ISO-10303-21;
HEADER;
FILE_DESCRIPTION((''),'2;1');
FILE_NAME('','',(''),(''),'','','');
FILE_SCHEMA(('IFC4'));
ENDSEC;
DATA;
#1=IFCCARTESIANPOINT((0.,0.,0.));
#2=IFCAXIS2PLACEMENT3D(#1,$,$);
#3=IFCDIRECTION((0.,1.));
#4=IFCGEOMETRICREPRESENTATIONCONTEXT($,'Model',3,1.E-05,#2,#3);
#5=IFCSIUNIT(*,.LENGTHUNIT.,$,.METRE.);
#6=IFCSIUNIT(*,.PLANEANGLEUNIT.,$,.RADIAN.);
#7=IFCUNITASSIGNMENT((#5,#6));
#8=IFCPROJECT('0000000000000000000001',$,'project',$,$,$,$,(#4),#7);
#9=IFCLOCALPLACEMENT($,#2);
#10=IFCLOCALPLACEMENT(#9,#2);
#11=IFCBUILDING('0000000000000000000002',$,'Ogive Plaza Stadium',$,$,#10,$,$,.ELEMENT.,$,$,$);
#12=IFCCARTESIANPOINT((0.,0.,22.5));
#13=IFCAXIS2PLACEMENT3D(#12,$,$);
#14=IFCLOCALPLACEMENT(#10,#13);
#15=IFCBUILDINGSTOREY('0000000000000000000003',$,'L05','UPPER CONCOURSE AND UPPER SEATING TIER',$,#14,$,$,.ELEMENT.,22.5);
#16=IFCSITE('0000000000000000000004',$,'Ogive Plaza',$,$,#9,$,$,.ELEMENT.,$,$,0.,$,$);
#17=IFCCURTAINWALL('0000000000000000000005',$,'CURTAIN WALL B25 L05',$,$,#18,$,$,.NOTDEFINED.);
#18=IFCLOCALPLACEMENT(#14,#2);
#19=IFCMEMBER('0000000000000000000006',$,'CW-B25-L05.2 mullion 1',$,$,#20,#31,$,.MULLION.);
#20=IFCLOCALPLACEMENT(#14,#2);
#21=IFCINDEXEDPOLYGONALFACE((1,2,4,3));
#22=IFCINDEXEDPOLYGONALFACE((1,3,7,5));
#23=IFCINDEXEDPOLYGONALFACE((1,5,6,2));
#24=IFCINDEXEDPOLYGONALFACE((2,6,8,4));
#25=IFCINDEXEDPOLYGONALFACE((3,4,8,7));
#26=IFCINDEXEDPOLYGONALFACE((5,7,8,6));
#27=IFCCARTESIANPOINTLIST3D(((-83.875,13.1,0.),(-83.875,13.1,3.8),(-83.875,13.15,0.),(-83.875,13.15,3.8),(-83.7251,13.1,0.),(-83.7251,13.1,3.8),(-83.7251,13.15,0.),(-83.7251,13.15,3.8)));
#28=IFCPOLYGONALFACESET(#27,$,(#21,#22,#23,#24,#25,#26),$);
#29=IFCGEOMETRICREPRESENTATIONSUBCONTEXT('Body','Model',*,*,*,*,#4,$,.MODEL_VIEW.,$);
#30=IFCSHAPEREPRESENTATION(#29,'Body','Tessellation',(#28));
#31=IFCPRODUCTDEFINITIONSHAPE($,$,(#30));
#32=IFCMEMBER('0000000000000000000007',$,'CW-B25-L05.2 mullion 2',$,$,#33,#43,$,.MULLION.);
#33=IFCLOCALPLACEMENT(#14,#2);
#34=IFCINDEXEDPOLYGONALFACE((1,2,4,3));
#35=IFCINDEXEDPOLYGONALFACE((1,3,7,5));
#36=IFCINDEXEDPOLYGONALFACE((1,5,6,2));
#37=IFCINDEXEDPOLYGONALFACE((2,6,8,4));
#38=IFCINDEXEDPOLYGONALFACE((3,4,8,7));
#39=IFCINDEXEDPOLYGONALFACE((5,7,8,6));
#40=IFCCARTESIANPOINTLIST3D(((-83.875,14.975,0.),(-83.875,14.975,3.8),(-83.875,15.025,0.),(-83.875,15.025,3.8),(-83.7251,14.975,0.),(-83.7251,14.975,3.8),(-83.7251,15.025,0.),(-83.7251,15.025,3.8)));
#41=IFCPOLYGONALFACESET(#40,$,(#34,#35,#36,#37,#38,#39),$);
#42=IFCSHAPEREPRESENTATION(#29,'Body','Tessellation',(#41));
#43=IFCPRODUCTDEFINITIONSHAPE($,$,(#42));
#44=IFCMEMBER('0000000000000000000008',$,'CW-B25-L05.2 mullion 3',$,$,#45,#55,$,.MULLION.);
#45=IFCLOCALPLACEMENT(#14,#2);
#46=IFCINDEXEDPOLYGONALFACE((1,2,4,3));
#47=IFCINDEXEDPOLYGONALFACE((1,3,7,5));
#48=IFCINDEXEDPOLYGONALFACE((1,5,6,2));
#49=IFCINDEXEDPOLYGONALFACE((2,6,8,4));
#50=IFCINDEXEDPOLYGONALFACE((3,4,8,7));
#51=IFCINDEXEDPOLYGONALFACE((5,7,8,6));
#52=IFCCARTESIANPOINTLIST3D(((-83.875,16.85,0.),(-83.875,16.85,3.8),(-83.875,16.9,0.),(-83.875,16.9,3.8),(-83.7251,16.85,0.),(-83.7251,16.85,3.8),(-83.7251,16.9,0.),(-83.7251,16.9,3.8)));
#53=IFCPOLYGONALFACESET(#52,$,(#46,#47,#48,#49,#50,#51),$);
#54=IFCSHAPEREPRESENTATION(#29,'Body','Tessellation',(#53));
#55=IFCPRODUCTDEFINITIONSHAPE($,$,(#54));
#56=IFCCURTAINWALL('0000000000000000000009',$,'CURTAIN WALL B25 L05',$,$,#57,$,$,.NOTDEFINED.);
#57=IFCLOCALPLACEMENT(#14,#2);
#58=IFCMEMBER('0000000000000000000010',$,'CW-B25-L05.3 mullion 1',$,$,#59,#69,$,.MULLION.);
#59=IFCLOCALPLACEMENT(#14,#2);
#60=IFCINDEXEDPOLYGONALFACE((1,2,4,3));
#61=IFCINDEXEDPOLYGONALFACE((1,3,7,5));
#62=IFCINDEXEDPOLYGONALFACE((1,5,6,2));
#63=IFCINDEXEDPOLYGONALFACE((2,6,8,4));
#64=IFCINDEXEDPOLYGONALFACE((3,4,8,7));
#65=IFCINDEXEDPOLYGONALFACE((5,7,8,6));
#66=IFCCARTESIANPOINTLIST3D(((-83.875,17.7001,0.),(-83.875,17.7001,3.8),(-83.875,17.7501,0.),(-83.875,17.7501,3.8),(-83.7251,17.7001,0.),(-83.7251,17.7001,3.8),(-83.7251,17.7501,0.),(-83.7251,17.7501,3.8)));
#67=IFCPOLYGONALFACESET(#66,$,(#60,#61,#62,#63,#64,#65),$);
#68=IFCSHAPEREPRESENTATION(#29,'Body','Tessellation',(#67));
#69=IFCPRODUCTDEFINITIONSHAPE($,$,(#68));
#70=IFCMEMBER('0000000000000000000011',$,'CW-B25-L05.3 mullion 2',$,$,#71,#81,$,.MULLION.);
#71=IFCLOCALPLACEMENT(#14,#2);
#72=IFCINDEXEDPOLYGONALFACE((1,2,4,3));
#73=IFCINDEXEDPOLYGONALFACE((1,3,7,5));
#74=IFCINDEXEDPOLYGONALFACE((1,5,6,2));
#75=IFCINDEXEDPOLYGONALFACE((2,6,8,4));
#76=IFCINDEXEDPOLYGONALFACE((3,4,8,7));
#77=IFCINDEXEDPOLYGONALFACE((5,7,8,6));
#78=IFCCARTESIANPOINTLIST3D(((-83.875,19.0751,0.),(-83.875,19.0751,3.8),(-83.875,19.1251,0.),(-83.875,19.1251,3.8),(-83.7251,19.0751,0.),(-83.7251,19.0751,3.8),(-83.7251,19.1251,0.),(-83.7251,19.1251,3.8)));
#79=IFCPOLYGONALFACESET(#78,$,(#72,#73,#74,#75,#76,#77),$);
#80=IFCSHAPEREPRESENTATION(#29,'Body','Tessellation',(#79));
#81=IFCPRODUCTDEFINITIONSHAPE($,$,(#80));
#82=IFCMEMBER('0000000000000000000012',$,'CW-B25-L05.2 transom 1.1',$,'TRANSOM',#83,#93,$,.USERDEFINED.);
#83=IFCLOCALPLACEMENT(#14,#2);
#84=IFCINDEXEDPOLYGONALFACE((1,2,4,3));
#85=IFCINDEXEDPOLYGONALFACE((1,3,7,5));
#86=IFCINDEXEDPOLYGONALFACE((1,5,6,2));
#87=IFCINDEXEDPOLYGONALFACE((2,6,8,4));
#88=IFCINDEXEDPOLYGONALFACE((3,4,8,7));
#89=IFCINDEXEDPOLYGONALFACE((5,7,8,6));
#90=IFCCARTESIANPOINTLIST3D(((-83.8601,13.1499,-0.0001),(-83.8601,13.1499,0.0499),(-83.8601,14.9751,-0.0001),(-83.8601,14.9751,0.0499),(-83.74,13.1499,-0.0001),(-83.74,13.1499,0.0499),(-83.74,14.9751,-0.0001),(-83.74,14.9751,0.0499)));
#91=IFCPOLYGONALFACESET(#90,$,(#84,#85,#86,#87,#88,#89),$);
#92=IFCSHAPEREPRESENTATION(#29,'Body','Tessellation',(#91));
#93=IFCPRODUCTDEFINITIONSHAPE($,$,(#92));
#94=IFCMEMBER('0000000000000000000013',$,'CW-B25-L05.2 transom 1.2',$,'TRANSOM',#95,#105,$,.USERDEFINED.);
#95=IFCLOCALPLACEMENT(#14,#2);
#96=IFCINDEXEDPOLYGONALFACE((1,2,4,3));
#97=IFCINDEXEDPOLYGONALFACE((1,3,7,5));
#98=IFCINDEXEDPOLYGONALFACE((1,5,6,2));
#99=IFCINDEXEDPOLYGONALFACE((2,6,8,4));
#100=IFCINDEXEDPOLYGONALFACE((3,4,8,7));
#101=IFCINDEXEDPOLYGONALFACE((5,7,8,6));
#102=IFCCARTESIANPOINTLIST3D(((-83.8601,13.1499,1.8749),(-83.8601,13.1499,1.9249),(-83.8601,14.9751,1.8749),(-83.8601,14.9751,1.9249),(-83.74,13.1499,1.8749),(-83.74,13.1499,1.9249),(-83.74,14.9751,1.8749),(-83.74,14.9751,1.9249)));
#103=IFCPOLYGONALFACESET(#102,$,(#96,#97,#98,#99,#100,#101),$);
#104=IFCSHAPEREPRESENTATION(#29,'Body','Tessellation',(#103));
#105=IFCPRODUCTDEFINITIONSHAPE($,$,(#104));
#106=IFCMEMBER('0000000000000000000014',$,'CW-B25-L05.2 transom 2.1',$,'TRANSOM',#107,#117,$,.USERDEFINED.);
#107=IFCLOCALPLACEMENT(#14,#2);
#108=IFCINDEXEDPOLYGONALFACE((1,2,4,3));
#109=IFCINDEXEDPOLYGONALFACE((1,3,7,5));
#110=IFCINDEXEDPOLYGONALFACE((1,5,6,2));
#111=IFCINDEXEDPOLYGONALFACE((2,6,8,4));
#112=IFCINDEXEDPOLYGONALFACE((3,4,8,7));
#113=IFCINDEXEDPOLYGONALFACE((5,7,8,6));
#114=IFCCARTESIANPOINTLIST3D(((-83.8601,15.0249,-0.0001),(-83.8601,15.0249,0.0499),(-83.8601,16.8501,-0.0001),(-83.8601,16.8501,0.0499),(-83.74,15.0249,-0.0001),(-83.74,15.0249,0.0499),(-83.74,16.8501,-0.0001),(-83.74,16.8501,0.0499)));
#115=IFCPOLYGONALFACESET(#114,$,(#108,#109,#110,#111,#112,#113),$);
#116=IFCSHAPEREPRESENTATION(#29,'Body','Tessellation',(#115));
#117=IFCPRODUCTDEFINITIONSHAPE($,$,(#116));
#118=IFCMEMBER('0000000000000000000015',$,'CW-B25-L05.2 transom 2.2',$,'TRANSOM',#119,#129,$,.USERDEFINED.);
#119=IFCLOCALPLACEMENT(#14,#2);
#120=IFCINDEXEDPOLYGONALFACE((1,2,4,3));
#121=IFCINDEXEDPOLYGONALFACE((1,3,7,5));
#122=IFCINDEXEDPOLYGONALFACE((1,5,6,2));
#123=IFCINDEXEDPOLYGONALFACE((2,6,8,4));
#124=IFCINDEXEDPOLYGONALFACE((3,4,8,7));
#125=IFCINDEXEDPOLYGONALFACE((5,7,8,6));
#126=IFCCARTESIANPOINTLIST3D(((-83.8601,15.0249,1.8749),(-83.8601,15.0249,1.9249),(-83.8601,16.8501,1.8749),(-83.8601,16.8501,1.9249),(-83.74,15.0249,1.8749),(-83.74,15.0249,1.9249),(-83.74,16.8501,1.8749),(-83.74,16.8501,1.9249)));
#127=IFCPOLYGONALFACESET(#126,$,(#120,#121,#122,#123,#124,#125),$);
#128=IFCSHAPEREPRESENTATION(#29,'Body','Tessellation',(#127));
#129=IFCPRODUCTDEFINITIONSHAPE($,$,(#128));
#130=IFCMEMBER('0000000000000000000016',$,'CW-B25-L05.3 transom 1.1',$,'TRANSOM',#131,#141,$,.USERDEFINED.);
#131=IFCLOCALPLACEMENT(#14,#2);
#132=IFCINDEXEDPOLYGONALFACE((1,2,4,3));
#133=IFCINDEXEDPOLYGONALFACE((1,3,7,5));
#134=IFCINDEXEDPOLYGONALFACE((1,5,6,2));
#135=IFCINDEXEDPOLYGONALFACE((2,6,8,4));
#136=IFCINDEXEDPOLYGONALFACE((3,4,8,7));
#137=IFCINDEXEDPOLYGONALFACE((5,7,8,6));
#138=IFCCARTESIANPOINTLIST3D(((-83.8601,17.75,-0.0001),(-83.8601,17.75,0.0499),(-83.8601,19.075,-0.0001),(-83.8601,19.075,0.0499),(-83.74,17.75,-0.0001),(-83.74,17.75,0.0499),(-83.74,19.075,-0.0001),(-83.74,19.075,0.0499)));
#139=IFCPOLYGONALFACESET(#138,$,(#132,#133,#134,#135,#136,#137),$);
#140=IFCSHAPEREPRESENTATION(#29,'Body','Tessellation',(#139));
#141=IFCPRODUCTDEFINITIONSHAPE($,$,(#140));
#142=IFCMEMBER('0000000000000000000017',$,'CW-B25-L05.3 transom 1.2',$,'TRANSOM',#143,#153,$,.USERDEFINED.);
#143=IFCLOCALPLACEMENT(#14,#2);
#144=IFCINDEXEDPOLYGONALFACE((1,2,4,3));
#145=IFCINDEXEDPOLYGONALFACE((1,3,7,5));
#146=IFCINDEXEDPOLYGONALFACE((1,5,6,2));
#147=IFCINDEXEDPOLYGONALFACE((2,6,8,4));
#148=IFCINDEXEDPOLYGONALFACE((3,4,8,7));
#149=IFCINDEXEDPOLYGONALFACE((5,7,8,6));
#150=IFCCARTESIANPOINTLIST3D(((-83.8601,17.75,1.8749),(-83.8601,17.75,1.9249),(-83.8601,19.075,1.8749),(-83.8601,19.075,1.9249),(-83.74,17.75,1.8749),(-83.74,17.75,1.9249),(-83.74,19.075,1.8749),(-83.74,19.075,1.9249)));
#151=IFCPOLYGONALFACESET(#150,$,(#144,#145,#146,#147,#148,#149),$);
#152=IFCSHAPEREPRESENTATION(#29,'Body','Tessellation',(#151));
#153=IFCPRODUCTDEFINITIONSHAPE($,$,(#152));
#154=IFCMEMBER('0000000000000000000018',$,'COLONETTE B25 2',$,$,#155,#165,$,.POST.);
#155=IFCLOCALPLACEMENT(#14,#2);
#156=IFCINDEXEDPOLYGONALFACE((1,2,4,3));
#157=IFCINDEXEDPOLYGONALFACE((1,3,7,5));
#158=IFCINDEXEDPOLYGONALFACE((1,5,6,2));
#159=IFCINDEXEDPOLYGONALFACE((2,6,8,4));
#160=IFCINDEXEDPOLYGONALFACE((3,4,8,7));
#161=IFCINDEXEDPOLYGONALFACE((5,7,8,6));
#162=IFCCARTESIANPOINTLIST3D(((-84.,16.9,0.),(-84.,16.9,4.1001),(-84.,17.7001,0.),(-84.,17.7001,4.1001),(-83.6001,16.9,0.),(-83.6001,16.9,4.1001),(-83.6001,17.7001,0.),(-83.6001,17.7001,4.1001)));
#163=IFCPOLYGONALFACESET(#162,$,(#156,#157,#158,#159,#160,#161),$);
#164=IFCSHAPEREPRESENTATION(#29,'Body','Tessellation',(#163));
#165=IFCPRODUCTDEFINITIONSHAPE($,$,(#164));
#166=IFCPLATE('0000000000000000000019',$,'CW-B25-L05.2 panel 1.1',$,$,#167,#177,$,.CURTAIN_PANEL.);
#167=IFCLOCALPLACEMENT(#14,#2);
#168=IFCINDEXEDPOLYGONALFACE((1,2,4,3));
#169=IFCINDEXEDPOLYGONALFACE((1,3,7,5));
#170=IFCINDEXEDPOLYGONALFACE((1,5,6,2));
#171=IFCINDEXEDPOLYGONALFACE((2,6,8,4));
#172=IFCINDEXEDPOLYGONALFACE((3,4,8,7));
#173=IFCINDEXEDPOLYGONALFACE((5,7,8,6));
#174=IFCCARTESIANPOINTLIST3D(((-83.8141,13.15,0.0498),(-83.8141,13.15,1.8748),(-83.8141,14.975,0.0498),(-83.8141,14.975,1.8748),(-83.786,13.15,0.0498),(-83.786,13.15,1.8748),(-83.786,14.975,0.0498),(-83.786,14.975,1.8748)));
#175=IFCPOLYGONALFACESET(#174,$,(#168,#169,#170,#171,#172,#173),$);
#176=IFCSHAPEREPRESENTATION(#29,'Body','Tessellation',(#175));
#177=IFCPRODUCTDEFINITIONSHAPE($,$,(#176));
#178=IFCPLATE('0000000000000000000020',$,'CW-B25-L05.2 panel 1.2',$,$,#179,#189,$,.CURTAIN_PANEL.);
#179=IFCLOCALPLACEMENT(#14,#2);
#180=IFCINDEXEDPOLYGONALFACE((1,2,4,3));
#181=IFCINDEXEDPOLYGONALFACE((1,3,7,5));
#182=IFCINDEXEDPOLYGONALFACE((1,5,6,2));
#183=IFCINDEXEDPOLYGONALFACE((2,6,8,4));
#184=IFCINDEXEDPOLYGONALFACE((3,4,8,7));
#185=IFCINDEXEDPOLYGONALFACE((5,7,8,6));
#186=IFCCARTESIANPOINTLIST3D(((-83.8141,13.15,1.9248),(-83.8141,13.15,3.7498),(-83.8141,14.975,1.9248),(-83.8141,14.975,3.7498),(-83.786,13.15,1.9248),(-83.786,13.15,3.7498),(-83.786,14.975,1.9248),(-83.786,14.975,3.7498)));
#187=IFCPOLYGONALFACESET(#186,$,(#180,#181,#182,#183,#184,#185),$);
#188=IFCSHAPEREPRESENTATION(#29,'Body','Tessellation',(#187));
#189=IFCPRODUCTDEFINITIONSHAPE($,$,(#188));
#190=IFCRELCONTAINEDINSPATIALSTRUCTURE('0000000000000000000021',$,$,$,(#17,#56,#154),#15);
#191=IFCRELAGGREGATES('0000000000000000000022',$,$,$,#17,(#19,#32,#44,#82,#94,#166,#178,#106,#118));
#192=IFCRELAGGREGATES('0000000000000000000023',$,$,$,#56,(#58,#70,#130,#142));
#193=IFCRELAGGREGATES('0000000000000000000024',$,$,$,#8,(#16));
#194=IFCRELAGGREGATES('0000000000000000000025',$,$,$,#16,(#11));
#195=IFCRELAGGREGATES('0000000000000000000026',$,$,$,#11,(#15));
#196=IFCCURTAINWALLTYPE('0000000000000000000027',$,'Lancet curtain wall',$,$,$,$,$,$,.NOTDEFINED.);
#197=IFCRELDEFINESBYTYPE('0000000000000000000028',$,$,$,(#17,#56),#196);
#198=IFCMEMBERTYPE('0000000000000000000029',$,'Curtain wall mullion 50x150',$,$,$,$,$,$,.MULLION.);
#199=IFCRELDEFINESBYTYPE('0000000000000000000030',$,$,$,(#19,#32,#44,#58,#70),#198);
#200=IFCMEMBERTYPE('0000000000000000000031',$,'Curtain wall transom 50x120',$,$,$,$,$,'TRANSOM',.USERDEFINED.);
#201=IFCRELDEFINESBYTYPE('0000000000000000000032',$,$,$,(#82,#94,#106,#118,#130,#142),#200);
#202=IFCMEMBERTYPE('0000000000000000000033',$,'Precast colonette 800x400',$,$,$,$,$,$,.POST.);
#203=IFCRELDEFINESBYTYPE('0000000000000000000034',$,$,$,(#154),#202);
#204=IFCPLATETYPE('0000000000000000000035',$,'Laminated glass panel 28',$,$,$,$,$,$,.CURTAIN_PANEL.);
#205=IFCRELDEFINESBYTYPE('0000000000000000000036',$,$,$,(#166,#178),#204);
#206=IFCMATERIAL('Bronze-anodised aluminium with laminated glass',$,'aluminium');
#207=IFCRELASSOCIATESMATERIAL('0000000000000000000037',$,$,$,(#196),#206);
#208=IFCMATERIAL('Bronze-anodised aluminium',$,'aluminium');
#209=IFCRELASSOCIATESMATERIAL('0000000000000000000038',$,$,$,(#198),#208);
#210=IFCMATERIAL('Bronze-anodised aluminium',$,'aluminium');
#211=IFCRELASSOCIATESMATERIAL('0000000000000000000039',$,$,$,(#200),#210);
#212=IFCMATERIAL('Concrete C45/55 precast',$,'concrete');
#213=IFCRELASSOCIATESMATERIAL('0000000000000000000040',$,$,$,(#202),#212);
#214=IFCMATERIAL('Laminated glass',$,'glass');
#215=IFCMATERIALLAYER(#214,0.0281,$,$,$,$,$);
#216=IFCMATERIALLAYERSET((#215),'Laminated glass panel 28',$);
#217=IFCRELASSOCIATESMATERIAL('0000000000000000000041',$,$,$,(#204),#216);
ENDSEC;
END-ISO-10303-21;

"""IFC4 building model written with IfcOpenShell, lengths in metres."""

from ifc_helpers import new_model, si_unit, direction, frame, origin, origin_2d, place, context, subcontext, project, spatial, rectangle, extrude, material, layer, layer_set, material_profile, profile_set, type_object, element, aggregate, save


model = new_model("IFC4")

# Units and contexts
model_context = context("Model", 3, precision=1e-05, world=origin(), true_north=direction((0.0, 1.0)))
body_context = subcontext(model_context, "Body", "Model", "MODEL_VIEW")
ifc_project = project(units=[si_unit("LENGTHUNIT", "METRE"), si_unit("PLANEANGLEUNIT", "RADIAN")], contexts=[model_context])

# Site, building, storey
site_placement = place(None, origin())
site = spatial("IfcSite", under=ifc_project, at=site_placement, Name="Ogive Plaza", CompositionType="ELEMENT", RefElevation=0.0)
building_placement = place(site_placement, origin())
building = spatial("IfcBuilding", under=site, at=building_placement, Name="Ogive Plaza Stadium", CompositionType="ELEMENT")
storey_placement = place(building_placement, frame((0.0, 0.0, 22.5)))
storey = spatial("IfcBuildingStorey", under=building, at=storey_placement, Name="L05", Description="UPPER CONCOURSE AND UPPER SEATING TIER", CompositionType="ELEMENT", Elevation=22.5)

# Curtain walls, members
ifc_material_1 = material(Name="Bronze-anodised aluminium with laminated glass", Category="aluminium")
curtain_wall_type = type_object("IfcCurtainWallType", Name="Lancet curtain wall", PredefinedType="NOTDEFINED", material=ifc_material_1)
curtain_wall_1_placement = place(storey_placement, origin())
curtain_wall_1 = element("IfcCurtainWall", 1, at=curtain_wall_1_placement, inside=storey, type_object=curtain_wall_type, Name="CURTAIN WALL B25 L05", PredefinedType="NOTDEFINED")
ifc_material_2 = material(Name="Bronze-anodised aluminium", Category="aluminium")
ifc_material_profile_1 = material_profile(ifc_material_2, rectangle(XDim=0.1499, YDim=0.05, at=origin_2d()), Name="AL 150x50")
ifc_profile_set_1 = profile_set([ifc_material_profile_1], Name="Bronze-anodised aluminium")
member_type_1 = type_object("IfcMemberType", Name="Curtain wall mullion 50x150", PredefinedType="MULLION", material=ifc_profile_set_1)
member_1_placement = place(storey_placement, frame((-83.8, 13.125, 0.0), z_axis=(0.0, 0.0, 1.0), x_axis=(-1.0, 0.0, 0.0)))
member_1 = element("IfcMember", 2, at=member_1_placement, type_object=member_type_1, Name="CW-B25-L05.2 mullion 1", PredefinedType="MULLION", context=body_context, shape_type="SweptSolid", body=[
    extrude(rectangle(XDim=0.1499, YDim=0.05, at=origin_2d()), origin(), (0.0, 0.0, 1.0), 3.8),
])
member_2_placement = place(storey_placement, frame((-83.8, 15.0, 0.0), z_axis=(0.0, 0.0, 1.0), x_axis=(-1.0, 0.0, 0.0)))
member_2 = element("IfcMember", 3, at=member_2_placement, type_object=member_type_1, Name="CW-B25-L05.2 mullion 2", PredefinedType="MULLION", context=body_context, shape_type="SweptSolid", body=[
    extrude(rectangle(XDim=0.1499, YDim=0.05, at=origin_2d()), origin(), (0.0, 0.0, 1.0), 3.8),
])
member_3_placement = place(storey_placement, frame((-83.8, 16.875, 0.0), z_axis=(0.0, 0.0, 1.0), x_axis=(-1.0, 0.0, 0.0)))
member_3 = element("IfcMember", 4, at=member_3_placement, type_object=member_type_1, Name="CW-B25-L05.2 mullion 3", PredefinedType="MULLION", context=body_context, shape_type="SweptSolid", body=[
    extrude(rectangle(XDim=0.1499, YDim=0.05, at=origin_2d()), origin(), (0.0, 0.0, 1.0), 3.8),
])
curtain_wall_2_placement = place(storey_placement, origin())
curtain_wall_2 = element("IfcCurtainWall", 5, at=curtain_wall_2_placement, inside=storey, type_object=curtain_wall_type, Name="CURTAIN WALL B25 L05", PredefinedType="NOTDEFINED")
member_4_placement = place(storey_placement, frame((-83.8, 17.7251, 0.0), z_axis=(0.0, 0.0, 1.0), x_axis=(-1.0, 0.0, 0.0)))
member_4 = element("IfcMember", 6, at=member_4_placement, type_object=member_type_1, Name="CW-B25-L05.3 mullion 1", PredefinedType="MULLION", context=body_context, shape_type="SweptSolid", body=[
    extrude(rectangle(XDim=0.1499, YDim=0.05, at=origin_2d()), origin(), (0.0, 0.0, 1.0), 3.8),
])
member_5_placement = place(storey_placement, frame((-83.8, 19.1001, 0.0), z_axis=(0.0, 0.0, 1.0), x_axis=(-1.0, 0.0, 0.0)))
member_5 = element("IfcMember", 7, at=member_5_placement, type_object=member_type_1, Name="CW-B25-L05.3 mullion 2", PredefinedType="MULLION", context=body_context, shape_type="SweptSolid", body=[
    extrude(rectangle(XDim=0.1499, YDim=0.05, at=origin_2d()), origin(), (0.0, 0.0, 1.0), 3.8),
])

# Members
ifc_material_3 = material(Name="Bronze-anodised aluminium", Category="aluminium")
ifc_material_profile_2 = material_profile(ifc_material_3, rectangle(XDim=0.1201, YDim=0.05, at=origin_2d()), Name="AL 120x50")
ifc_profile_set_2 = profile_set([ifc_material_profile_2], Name="Bronze-anodised aluminium")
member_type_2 = type_object("IfcMemberType", Name="Curtain wall transom 50x120", ElementType="TRANSOM", PredefinedType="USERDEFINED", material=ifc_profile_set_2)
member_6_placement = place(storey_placement, frame((-83.8, 13.1499, 0.0249), z_axis=(0.0, 1.0, 0.0), x_axis=(-1.0, 0.0, 0.0)))
member_6 = element("IfcMember", 8, at=member_6_placement, type_object=member_type_2, Name="CW-B25-L05.2 transom 1.1", ObjectType="TRANSOM", PredefinedType="USERDEFINED", context=body_context, shape_type="SweptSolid", body=[
    extrude(rectangle(XDim=0.1201, YDim=0.05, at=origin_2d()), origin(), (0.0, 0.0, 1.0), 1.8252),
])
member_7_placement = place(storey_placement, frame((-83.8, 13.1499, 1.8999), z_axis=(0.0, 1.0, 0.0), x_axis=(-1.0, 0.0, 0.0)))
member_7 = element("IfcMember", 9, at=member_7_placement, type_object=member_type_2, Name="CW-B25-L05.2 transom 1.2", ObjectType="TRANSOM", PredefinedType="USERDEFINED", context=body_context, shape_type="SweptSolid", body=[
    extrude(rectangle(XDim=0.1201, YDim=0.05, at=origin_2d()), origin(), (0.0, 0.0, 1.0), 1.8252),
])
member_8_placement = place(storey_placement, frame((-83.8, 15.0249, 0.0249), z_axis=(0.0, 1.0, 0.0), x_axis=(-1.0, 0.0, 0.0)))
member_8 = element("IfcMember", 10, at=member_8_placement, type_object=member_type_2, Name="CW-B25-L05.2 transom 2.1", ObjectType="TRANSOM", PredefinedType="USERDEFINED", context=body_context, shape_type="SweptSolid", body=[
    extrude(rectangle(XDim=0.1201, YDim=0.05, at=origin_2d()), origin(), (0.0, 0.0, 1.0), 1.8252),
])
member_9_placement = place(storey_placement, frame((-83.8, 15.0249, 1.8999), z_axis=(0.0, 1.0, 0.0), x_axis=(-1.0, 0.0, 0.0)))
member_9 = element("IfcMember", 11, at=member_9_placement, type_object=member_type_2, Name="CW-B25-L05.2 transom 2.2", ObjectType="TRANSOM", PredefinedType="USERDEFINED", context=body_context, shape_type="SweptSolid", body=[
    extrude(rectangle(XDim=0.1201, YDim=0.05, at=origin_2d()), origin(), (0.0, 0.0, 1.0), 1.8252),
])
member_10_placement = place(storey_placement, frame((-83.8, 17.75, 0.0249), z_axis=(0.0, 1.0, 0.0), x_axis=(-1.0, 0.0, 0.0)))
member_10 = element("IfcMember", 12, at=member_10_placement, type_object=member_type_2, Name="CW-B25-L05.3 transom 1.1", ObjectType="TRANSOM", PredefinedType="USERDEFINED", context=body_context, shape_type="SweptSolid", body=[
    extrude(rectangle(XDim=0.1201, YDim=0.05, at=origin_2d()), origin(), (0.0, 0.0, 1.0), 1.325),
])
member_11_placement = place(storey_placement, frame((-83.8, 17.75, 1.8999), z_axis=(0.0, 1.0, 0.0), x_axis=(-1.0, 0.0, 0.0)))
member_11 = element("IfcMember", 13, at=member_11_placement, type_object=member_type_2, Name="CW-B25-L05.3 transom 1.2", ObjectType="TRANSOM", PredefinedType="USERDEFINED", context=body_context, shape_type="SweptSolid", body=[
    extrude(rectangle(XDim=0.1201, YDim=0.05, at=origin_2d()), origin(), (0.0, 0.0, 1.0), 1.325),
])
ifc_material_4 = material(Name="Concrete C45/55 precast", Category="concrete")
ifc_material_profile_3 = material_profile(ifc_material_4, rectangle(XDim=0.3999, YDim=0.8, at=origin_2d()), Name="RC 400x800")
ifc_profile_set_3 = profile_set([ifc_material_profile_3], Name="Concrete C45/55 precast")
member_type_3 = type_object("IfcMemberType", Name="Precast colonette 800x400", PredefinedType="POST", material=ifc_profile_set_3)
member_12_placement = place(storey_placement, frame((-83.8, 17.3, 0.0), z_axis=(0.0, 0.0, 1.0), x_axis=(-1.0, 0.0, 0.0)))
element("IfcMember", 14, at=member_12_placement, inside=storey, type_object=member_type_3, Name="COLONETTE B25 2", PredefinedType="POST", context=body_context, shape_type="SweptSolid", body=[
    extrude(rectangle(XDim=0.3999, YDim=0.8, at=origin_2d()), origin(), (0.0, 0.0, 1.0), 4.1001),
])

# Plates
ifc_material_5 = material(Name="Laminated glass", Category="glass")
ifc_layer_1 = layer(ifc_material_5, 0.0281)
ifc_layer_set_1 = layer_set([ifc_layer_1], Name="Laminated glass panel 28")
plate_type = type_object("IfcPlateType", Name="Laminated glass panel 28", PredefinedType="CURTAIN_PANEL", material=ifc_layer_set_1)
plate_1_placement = place(storey_placement, frame((-83.8, 14.0625, 0.0498), z_axis=(0.0, 0.0, 1.0), x_axis=(0.0, 1.0, 0.0)))
plate_1 = element("IfcPlate", 15, at=plate_1_placement, type_object=plate_type, Name="CW-B25-L05.2 panel 1.1", PredefinedType="CURTAIN_PANEL", context=body_context, shape_type="SweptSolid", body=[
    extrude(rectangle(XDim=1.825, YDim=0.0281, at=origin_2d()), origin(), (0.0, 0.0, 1.0), 1.825),
])
plate_2_placement = place(storey_placement, frame((-83.8, 14.0625, 1.9248), z_axis=(0.0, 0.0, 1.0), x_axis=(0.0, 1.0, 0.0)))
plate_2 = element("IfcPlate", 16, at=plate_2_placement, type_object=plate_type, Name="CW-B25-L05.2 panel 1.2", PredefinedType="CURTAIN_PANEL", context=body_context, shape_type="SweptSolid", body=[
    extrude(rectangle(XDim=1.825, YDim=0.0281, at=origin_2d()), origin(), (0.0, 0.0, 1.0), 1.825),
])
aggregate(curtain_wall_1, [member_1, member_2, member_3, member_6, member_7, plate_1, plate_2, member_8, member_9])
aggregate(curtain_wall_2, [member_4, member_5, member_10, member_11])

save(model, "model.ifc")
